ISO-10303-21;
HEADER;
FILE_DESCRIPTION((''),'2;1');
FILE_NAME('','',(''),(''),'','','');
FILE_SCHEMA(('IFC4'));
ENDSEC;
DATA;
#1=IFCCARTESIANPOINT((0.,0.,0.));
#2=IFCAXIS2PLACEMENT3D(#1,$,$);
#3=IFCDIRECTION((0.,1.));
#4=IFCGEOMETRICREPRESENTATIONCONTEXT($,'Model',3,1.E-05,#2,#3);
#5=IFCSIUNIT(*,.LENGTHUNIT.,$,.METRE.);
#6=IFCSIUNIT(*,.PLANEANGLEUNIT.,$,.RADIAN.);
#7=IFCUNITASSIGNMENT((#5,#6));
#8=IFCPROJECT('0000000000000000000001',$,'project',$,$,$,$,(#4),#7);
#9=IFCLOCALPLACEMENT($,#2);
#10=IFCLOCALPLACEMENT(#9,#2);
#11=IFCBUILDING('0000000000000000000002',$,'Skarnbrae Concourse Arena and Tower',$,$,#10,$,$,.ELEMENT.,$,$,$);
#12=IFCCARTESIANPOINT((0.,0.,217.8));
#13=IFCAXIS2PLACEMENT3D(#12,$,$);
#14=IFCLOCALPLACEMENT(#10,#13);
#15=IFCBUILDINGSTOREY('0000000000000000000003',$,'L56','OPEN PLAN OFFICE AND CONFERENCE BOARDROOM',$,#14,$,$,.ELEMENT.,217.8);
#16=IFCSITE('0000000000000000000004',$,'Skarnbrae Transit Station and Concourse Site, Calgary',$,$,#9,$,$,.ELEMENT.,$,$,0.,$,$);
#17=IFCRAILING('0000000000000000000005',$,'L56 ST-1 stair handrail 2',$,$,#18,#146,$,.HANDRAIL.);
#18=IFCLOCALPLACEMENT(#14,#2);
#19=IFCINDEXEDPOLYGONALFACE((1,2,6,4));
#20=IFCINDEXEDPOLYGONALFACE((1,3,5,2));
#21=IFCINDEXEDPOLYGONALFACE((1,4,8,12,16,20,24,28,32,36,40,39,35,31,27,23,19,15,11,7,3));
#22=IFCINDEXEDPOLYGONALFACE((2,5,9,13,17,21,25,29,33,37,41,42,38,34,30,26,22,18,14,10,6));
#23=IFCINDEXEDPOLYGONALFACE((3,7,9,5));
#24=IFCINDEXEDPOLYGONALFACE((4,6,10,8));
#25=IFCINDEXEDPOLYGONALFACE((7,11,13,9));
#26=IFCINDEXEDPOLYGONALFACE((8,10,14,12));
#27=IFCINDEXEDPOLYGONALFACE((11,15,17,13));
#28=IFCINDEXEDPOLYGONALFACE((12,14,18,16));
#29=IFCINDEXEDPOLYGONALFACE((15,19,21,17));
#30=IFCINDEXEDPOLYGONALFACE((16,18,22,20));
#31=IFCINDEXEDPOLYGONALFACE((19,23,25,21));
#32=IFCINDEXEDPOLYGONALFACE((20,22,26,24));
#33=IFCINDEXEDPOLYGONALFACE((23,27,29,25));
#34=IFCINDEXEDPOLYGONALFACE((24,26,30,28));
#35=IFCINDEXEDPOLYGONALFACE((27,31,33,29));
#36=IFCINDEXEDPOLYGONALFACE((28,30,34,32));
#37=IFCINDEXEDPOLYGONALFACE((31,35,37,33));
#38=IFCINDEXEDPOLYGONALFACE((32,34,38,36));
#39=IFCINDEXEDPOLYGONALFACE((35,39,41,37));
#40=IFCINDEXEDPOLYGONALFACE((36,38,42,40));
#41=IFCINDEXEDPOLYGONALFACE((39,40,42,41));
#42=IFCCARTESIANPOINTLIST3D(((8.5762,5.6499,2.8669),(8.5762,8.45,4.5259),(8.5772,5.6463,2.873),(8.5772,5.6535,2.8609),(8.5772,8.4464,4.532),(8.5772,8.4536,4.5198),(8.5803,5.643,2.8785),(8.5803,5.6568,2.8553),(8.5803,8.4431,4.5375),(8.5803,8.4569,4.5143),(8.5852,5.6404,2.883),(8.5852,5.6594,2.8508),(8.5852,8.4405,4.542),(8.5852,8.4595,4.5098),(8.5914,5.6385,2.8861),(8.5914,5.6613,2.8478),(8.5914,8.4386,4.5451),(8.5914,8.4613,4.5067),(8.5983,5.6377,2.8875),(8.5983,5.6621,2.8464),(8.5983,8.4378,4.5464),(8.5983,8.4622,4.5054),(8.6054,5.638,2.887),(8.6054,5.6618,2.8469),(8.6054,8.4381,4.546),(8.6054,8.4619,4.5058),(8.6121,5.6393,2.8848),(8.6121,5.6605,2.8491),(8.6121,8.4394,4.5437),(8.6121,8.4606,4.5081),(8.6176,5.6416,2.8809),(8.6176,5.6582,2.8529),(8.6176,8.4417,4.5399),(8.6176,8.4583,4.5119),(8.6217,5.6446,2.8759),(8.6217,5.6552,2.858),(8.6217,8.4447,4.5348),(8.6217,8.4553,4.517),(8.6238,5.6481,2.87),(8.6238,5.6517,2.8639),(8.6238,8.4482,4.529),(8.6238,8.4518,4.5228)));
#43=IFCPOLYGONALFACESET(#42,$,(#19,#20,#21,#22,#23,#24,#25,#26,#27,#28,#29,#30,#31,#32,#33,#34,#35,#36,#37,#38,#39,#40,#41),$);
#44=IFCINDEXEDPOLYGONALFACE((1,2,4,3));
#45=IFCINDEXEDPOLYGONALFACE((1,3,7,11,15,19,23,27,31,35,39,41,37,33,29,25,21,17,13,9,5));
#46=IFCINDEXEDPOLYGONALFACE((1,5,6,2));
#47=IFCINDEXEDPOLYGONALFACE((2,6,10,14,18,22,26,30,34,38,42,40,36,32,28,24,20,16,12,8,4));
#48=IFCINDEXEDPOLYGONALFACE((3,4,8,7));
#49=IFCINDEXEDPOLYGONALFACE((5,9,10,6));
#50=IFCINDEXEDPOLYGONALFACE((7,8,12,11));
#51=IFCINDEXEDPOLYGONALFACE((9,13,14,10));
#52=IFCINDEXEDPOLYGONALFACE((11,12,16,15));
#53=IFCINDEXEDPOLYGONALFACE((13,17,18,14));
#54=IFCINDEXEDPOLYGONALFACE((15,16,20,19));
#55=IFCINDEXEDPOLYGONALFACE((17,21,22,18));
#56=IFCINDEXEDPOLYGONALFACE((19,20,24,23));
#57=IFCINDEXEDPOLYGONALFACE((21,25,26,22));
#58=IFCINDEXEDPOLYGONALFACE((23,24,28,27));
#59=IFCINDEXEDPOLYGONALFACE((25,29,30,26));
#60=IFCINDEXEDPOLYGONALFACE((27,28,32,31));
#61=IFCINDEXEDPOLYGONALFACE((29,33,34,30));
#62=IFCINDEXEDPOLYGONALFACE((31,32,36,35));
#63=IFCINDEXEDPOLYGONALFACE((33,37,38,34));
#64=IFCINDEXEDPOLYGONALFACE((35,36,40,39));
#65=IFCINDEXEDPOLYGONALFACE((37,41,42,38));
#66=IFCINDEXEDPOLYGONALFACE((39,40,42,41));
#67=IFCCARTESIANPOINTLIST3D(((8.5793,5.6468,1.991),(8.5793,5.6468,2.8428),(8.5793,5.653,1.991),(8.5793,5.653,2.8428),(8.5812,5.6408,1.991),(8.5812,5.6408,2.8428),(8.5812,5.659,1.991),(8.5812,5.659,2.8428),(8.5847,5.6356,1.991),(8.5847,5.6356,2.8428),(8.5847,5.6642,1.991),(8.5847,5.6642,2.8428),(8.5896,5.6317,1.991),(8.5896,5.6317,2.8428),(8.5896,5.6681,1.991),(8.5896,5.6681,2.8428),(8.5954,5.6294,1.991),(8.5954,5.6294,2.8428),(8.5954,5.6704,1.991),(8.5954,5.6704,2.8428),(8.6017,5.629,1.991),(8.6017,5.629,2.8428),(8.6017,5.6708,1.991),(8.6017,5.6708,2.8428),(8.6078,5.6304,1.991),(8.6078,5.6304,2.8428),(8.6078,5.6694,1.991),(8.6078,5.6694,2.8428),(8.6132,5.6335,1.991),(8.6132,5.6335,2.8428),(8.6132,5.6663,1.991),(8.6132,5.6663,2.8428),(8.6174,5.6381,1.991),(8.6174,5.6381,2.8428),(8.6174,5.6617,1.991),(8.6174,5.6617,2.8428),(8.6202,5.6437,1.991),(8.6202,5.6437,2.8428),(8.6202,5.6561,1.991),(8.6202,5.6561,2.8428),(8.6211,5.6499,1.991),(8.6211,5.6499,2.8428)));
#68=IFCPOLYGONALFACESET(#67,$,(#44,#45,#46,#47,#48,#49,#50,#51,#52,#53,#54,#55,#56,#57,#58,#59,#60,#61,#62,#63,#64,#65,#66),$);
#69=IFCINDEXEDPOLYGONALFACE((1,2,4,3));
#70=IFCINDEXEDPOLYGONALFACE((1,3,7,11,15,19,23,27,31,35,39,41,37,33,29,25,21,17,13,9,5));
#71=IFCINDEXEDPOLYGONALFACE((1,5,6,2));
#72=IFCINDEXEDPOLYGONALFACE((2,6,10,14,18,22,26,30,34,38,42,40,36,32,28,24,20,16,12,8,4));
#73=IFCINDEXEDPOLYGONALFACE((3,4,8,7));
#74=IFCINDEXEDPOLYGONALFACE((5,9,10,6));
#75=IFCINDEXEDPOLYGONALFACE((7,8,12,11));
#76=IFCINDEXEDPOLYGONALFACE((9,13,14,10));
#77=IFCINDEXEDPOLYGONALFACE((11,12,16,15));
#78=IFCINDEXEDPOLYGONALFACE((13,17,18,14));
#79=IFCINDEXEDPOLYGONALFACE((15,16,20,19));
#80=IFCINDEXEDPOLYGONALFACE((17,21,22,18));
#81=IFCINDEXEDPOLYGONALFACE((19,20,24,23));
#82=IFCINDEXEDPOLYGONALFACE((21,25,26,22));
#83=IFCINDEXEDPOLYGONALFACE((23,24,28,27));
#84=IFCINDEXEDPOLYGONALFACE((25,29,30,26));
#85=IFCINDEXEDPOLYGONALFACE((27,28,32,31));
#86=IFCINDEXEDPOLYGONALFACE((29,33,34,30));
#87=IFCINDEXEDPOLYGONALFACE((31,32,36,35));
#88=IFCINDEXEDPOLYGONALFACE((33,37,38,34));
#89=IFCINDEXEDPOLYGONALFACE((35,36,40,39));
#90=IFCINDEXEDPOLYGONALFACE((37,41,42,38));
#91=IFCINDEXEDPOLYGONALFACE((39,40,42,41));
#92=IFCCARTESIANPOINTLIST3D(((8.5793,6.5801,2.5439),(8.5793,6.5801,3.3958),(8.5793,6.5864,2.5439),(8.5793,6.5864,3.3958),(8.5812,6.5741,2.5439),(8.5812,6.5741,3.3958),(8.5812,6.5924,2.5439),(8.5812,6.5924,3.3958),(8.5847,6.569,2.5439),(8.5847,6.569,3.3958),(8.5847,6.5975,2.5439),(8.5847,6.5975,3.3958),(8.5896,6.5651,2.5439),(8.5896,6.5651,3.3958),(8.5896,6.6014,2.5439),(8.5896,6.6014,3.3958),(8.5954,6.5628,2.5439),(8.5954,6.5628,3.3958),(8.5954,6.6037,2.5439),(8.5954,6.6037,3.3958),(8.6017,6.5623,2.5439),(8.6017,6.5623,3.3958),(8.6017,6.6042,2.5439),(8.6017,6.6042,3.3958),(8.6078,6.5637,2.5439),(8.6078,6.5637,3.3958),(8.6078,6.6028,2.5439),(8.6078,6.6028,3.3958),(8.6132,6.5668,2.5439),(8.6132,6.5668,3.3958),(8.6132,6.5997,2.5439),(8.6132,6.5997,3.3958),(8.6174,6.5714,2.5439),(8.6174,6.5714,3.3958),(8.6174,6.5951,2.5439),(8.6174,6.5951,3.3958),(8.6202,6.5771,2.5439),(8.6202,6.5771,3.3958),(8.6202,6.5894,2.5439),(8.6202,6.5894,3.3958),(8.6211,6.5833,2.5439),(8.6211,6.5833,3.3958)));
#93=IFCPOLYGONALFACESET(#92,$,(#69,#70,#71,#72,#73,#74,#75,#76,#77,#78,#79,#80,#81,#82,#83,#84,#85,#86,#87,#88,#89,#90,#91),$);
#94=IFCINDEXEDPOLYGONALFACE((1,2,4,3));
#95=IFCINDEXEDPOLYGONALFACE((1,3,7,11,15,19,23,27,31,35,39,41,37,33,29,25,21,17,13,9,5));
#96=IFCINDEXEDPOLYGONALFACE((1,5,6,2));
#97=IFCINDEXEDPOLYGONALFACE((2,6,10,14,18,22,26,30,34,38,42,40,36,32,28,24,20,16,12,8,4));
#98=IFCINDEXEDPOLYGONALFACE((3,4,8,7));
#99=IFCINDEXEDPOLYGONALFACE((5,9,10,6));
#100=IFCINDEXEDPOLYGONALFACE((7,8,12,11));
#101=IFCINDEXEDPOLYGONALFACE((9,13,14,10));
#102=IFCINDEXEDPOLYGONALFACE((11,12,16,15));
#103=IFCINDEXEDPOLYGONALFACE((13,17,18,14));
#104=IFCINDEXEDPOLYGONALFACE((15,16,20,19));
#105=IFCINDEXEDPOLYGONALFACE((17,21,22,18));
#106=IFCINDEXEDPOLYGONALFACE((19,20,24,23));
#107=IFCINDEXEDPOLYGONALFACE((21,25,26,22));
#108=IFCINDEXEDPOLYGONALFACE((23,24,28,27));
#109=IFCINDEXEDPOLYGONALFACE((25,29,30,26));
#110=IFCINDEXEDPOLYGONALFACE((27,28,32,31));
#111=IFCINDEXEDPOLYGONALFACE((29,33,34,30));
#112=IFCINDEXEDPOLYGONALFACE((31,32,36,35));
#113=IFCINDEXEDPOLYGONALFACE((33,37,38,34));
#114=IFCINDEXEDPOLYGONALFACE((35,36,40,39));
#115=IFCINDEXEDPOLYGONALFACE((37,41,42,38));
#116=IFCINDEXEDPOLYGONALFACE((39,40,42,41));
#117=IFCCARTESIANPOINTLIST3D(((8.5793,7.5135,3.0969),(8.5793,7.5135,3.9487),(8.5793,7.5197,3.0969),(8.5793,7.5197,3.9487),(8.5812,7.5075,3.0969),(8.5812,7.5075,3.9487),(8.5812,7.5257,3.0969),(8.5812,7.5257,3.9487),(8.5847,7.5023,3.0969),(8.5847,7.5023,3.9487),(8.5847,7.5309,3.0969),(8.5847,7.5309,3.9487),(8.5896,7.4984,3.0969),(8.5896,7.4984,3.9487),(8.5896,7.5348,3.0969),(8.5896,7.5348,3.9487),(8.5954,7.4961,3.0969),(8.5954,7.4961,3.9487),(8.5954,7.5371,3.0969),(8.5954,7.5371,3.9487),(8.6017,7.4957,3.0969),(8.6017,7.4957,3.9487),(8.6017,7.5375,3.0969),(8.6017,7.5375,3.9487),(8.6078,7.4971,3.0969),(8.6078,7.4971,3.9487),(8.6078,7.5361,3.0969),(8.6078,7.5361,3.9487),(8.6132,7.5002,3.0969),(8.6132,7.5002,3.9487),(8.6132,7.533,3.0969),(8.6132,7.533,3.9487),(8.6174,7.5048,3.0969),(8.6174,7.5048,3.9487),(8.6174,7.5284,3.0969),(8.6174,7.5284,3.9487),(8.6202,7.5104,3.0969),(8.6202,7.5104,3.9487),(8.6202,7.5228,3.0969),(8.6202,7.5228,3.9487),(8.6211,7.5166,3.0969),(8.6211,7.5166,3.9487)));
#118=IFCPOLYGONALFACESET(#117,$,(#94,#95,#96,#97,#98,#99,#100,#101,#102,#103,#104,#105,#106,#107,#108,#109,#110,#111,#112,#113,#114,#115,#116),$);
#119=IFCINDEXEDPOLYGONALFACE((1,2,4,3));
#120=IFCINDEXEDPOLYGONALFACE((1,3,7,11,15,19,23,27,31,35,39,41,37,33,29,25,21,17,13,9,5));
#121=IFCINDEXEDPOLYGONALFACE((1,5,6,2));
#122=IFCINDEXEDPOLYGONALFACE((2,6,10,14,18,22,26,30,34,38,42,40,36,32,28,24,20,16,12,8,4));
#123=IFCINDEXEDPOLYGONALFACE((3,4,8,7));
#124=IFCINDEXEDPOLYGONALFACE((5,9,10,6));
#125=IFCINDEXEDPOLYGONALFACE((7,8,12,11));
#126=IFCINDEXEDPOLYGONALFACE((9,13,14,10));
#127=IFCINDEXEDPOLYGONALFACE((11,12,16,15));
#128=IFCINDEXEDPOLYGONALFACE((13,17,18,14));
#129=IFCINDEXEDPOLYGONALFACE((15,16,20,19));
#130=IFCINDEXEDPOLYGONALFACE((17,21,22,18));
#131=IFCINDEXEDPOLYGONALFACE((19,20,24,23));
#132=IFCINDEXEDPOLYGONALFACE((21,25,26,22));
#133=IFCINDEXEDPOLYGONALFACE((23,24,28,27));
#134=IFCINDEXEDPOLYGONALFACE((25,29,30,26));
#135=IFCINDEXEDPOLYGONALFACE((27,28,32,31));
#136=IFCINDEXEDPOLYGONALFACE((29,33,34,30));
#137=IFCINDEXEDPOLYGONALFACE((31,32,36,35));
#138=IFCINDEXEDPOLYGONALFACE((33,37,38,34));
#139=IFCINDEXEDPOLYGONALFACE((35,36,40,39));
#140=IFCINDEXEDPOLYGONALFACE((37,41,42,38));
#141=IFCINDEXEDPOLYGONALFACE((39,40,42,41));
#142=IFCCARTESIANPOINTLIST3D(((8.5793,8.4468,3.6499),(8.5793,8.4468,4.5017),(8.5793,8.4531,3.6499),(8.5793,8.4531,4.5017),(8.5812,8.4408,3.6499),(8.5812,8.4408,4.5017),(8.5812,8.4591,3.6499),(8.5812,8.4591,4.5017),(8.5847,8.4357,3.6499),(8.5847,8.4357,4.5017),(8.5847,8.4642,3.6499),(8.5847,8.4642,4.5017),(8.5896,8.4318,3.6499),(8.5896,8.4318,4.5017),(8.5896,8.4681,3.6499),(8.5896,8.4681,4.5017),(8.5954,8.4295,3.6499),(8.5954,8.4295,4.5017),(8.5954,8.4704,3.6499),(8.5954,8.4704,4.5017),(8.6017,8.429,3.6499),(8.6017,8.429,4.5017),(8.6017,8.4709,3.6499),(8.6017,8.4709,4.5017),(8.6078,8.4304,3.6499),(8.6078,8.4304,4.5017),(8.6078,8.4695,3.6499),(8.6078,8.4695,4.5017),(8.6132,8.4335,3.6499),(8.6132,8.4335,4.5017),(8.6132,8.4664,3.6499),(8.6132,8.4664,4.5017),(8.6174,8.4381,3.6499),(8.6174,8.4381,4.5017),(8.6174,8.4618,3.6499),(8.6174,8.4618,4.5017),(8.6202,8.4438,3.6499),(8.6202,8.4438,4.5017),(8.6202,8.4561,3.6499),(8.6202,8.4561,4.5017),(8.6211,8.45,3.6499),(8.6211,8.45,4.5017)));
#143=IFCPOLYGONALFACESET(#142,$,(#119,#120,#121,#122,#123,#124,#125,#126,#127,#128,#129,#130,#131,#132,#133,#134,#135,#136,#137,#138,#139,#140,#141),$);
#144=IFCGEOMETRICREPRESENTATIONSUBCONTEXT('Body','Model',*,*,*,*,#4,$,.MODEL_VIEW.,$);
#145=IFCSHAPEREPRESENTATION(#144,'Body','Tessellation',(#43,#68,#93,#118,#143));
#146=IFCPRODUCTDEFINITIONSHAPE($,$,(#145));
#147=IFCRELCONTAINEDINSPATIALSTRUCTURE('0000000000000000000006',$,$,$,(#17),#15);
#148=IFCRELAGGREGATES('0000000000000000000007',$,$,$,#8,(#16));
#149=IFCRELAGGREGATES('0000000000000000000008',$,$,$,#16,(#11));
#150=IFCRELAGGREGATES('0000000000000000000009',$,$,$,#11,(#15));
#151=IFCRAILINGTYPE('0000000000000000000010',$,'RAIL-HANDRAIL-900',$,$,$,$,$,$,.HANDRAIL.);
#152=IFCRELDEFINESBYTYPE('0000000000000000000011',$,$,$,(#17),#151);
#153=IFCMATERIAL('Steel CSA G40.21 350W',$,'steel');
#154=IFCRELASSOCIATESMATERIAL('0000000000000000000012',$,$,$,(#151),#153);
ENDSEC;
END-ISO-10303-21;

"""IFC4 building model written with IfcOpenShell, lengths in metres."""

from ifc_helpers import new_model, si_unit, direction, frame, origin, origin_2d, place, context, subcontext, project, spatial, circle, extrude, material, type_object, element, save


model = new_model("IFC4")

# Units and contexts
model_context = context("Model", 3, precision=1e-05, world=origin(), true_north=direction((0.0, 1.0)))
body_context = subcontext(model_context, "Body", "Model", "MODEL_VIEW")
ifc_project = project(units=[si_unit("LENGTHUNIT", "METRE"), si_unit("PLANEANGLEUNIT", "RADIAN")], contexts=[model_context])

# Site, building, storey
site_placement = place(None, origin())
site = spatial("IfcSite", under=ifc_project, at=site_placement, Name="Skarnbrae Transit Station and Concourse Site, Calgary", CompositionType="ELEMENT", RefElevation=0.0)
building_placement = place(site_placement, origin())
building = spatial("IfcBuilding", under=site, at=building_placement, Name="Skarnbrae Concourse Arena and Tower", CompositionType="ELEMENT")
storey_placement = place(building_placement, frame((0.0, 0.0, 217.8)))
storey = spatial("IfcBuildingStorey", under=building, at=storey_placement, Name="L56", Description="OPEN PLAN OFFICE AND CONFERENCE BOARDROOM", CompositionType="ELEMENT", Elevation=217.8)

# Shared definitions
ifc_material_1 = material(Name="Steel CSA G40.21 350W", Category="steel")

# Railing
railing_type_1 = type_object("IfcRailingType", Name="RAIL-HANDRAIL-900", PredefinedType="HANDRAIL", material=ifc_material_1)
railing_1_placement = place(storey_placement, frame((8.6001, 5.6499, 1.991)))
element("IfcRailing", 1, at=railing_1_placement, inside=storey, type_object=railing_type_1, Name="L56 ST-1 stair handrail 2", PredefinedType="HANDRAIL", context=body_context, shape_type="SweptSolid", body=[
    extrude(circle(Radius=0.0239, at=origin_2d()), frame((0.0, 0.0, 0.876), z_axis=(0.0, 0.860339, 0.509722), x_axis=(-1.0, 0.0, 0.0)), (0.0, 0.0, 1.0), 3.2546),
    extrude(circle(Radius=0.021, at=origin_2d()), origin(), (0.0, 0.0, 1.0), 0.8518),
    extrude(circle(Radius=0.021, at=origin_2d()), frame((0.0, 0.9333, 0.553)), (0.0, 0.0, 1.0), 0.8518),
    extrude(circle(Radius=0.021, at=origin_2d()), frame((0.0, 1.8667, 1.106)), (0.0, 0.0, 1.0), 0.8518),
    extrude(circle(Radius=0.021, at=origin_2d()), frame((0.0, 2.8, 1.6589)), (0.0, 0.0, 1.0), 0.8518),
])

save(model, "model.ifc")
